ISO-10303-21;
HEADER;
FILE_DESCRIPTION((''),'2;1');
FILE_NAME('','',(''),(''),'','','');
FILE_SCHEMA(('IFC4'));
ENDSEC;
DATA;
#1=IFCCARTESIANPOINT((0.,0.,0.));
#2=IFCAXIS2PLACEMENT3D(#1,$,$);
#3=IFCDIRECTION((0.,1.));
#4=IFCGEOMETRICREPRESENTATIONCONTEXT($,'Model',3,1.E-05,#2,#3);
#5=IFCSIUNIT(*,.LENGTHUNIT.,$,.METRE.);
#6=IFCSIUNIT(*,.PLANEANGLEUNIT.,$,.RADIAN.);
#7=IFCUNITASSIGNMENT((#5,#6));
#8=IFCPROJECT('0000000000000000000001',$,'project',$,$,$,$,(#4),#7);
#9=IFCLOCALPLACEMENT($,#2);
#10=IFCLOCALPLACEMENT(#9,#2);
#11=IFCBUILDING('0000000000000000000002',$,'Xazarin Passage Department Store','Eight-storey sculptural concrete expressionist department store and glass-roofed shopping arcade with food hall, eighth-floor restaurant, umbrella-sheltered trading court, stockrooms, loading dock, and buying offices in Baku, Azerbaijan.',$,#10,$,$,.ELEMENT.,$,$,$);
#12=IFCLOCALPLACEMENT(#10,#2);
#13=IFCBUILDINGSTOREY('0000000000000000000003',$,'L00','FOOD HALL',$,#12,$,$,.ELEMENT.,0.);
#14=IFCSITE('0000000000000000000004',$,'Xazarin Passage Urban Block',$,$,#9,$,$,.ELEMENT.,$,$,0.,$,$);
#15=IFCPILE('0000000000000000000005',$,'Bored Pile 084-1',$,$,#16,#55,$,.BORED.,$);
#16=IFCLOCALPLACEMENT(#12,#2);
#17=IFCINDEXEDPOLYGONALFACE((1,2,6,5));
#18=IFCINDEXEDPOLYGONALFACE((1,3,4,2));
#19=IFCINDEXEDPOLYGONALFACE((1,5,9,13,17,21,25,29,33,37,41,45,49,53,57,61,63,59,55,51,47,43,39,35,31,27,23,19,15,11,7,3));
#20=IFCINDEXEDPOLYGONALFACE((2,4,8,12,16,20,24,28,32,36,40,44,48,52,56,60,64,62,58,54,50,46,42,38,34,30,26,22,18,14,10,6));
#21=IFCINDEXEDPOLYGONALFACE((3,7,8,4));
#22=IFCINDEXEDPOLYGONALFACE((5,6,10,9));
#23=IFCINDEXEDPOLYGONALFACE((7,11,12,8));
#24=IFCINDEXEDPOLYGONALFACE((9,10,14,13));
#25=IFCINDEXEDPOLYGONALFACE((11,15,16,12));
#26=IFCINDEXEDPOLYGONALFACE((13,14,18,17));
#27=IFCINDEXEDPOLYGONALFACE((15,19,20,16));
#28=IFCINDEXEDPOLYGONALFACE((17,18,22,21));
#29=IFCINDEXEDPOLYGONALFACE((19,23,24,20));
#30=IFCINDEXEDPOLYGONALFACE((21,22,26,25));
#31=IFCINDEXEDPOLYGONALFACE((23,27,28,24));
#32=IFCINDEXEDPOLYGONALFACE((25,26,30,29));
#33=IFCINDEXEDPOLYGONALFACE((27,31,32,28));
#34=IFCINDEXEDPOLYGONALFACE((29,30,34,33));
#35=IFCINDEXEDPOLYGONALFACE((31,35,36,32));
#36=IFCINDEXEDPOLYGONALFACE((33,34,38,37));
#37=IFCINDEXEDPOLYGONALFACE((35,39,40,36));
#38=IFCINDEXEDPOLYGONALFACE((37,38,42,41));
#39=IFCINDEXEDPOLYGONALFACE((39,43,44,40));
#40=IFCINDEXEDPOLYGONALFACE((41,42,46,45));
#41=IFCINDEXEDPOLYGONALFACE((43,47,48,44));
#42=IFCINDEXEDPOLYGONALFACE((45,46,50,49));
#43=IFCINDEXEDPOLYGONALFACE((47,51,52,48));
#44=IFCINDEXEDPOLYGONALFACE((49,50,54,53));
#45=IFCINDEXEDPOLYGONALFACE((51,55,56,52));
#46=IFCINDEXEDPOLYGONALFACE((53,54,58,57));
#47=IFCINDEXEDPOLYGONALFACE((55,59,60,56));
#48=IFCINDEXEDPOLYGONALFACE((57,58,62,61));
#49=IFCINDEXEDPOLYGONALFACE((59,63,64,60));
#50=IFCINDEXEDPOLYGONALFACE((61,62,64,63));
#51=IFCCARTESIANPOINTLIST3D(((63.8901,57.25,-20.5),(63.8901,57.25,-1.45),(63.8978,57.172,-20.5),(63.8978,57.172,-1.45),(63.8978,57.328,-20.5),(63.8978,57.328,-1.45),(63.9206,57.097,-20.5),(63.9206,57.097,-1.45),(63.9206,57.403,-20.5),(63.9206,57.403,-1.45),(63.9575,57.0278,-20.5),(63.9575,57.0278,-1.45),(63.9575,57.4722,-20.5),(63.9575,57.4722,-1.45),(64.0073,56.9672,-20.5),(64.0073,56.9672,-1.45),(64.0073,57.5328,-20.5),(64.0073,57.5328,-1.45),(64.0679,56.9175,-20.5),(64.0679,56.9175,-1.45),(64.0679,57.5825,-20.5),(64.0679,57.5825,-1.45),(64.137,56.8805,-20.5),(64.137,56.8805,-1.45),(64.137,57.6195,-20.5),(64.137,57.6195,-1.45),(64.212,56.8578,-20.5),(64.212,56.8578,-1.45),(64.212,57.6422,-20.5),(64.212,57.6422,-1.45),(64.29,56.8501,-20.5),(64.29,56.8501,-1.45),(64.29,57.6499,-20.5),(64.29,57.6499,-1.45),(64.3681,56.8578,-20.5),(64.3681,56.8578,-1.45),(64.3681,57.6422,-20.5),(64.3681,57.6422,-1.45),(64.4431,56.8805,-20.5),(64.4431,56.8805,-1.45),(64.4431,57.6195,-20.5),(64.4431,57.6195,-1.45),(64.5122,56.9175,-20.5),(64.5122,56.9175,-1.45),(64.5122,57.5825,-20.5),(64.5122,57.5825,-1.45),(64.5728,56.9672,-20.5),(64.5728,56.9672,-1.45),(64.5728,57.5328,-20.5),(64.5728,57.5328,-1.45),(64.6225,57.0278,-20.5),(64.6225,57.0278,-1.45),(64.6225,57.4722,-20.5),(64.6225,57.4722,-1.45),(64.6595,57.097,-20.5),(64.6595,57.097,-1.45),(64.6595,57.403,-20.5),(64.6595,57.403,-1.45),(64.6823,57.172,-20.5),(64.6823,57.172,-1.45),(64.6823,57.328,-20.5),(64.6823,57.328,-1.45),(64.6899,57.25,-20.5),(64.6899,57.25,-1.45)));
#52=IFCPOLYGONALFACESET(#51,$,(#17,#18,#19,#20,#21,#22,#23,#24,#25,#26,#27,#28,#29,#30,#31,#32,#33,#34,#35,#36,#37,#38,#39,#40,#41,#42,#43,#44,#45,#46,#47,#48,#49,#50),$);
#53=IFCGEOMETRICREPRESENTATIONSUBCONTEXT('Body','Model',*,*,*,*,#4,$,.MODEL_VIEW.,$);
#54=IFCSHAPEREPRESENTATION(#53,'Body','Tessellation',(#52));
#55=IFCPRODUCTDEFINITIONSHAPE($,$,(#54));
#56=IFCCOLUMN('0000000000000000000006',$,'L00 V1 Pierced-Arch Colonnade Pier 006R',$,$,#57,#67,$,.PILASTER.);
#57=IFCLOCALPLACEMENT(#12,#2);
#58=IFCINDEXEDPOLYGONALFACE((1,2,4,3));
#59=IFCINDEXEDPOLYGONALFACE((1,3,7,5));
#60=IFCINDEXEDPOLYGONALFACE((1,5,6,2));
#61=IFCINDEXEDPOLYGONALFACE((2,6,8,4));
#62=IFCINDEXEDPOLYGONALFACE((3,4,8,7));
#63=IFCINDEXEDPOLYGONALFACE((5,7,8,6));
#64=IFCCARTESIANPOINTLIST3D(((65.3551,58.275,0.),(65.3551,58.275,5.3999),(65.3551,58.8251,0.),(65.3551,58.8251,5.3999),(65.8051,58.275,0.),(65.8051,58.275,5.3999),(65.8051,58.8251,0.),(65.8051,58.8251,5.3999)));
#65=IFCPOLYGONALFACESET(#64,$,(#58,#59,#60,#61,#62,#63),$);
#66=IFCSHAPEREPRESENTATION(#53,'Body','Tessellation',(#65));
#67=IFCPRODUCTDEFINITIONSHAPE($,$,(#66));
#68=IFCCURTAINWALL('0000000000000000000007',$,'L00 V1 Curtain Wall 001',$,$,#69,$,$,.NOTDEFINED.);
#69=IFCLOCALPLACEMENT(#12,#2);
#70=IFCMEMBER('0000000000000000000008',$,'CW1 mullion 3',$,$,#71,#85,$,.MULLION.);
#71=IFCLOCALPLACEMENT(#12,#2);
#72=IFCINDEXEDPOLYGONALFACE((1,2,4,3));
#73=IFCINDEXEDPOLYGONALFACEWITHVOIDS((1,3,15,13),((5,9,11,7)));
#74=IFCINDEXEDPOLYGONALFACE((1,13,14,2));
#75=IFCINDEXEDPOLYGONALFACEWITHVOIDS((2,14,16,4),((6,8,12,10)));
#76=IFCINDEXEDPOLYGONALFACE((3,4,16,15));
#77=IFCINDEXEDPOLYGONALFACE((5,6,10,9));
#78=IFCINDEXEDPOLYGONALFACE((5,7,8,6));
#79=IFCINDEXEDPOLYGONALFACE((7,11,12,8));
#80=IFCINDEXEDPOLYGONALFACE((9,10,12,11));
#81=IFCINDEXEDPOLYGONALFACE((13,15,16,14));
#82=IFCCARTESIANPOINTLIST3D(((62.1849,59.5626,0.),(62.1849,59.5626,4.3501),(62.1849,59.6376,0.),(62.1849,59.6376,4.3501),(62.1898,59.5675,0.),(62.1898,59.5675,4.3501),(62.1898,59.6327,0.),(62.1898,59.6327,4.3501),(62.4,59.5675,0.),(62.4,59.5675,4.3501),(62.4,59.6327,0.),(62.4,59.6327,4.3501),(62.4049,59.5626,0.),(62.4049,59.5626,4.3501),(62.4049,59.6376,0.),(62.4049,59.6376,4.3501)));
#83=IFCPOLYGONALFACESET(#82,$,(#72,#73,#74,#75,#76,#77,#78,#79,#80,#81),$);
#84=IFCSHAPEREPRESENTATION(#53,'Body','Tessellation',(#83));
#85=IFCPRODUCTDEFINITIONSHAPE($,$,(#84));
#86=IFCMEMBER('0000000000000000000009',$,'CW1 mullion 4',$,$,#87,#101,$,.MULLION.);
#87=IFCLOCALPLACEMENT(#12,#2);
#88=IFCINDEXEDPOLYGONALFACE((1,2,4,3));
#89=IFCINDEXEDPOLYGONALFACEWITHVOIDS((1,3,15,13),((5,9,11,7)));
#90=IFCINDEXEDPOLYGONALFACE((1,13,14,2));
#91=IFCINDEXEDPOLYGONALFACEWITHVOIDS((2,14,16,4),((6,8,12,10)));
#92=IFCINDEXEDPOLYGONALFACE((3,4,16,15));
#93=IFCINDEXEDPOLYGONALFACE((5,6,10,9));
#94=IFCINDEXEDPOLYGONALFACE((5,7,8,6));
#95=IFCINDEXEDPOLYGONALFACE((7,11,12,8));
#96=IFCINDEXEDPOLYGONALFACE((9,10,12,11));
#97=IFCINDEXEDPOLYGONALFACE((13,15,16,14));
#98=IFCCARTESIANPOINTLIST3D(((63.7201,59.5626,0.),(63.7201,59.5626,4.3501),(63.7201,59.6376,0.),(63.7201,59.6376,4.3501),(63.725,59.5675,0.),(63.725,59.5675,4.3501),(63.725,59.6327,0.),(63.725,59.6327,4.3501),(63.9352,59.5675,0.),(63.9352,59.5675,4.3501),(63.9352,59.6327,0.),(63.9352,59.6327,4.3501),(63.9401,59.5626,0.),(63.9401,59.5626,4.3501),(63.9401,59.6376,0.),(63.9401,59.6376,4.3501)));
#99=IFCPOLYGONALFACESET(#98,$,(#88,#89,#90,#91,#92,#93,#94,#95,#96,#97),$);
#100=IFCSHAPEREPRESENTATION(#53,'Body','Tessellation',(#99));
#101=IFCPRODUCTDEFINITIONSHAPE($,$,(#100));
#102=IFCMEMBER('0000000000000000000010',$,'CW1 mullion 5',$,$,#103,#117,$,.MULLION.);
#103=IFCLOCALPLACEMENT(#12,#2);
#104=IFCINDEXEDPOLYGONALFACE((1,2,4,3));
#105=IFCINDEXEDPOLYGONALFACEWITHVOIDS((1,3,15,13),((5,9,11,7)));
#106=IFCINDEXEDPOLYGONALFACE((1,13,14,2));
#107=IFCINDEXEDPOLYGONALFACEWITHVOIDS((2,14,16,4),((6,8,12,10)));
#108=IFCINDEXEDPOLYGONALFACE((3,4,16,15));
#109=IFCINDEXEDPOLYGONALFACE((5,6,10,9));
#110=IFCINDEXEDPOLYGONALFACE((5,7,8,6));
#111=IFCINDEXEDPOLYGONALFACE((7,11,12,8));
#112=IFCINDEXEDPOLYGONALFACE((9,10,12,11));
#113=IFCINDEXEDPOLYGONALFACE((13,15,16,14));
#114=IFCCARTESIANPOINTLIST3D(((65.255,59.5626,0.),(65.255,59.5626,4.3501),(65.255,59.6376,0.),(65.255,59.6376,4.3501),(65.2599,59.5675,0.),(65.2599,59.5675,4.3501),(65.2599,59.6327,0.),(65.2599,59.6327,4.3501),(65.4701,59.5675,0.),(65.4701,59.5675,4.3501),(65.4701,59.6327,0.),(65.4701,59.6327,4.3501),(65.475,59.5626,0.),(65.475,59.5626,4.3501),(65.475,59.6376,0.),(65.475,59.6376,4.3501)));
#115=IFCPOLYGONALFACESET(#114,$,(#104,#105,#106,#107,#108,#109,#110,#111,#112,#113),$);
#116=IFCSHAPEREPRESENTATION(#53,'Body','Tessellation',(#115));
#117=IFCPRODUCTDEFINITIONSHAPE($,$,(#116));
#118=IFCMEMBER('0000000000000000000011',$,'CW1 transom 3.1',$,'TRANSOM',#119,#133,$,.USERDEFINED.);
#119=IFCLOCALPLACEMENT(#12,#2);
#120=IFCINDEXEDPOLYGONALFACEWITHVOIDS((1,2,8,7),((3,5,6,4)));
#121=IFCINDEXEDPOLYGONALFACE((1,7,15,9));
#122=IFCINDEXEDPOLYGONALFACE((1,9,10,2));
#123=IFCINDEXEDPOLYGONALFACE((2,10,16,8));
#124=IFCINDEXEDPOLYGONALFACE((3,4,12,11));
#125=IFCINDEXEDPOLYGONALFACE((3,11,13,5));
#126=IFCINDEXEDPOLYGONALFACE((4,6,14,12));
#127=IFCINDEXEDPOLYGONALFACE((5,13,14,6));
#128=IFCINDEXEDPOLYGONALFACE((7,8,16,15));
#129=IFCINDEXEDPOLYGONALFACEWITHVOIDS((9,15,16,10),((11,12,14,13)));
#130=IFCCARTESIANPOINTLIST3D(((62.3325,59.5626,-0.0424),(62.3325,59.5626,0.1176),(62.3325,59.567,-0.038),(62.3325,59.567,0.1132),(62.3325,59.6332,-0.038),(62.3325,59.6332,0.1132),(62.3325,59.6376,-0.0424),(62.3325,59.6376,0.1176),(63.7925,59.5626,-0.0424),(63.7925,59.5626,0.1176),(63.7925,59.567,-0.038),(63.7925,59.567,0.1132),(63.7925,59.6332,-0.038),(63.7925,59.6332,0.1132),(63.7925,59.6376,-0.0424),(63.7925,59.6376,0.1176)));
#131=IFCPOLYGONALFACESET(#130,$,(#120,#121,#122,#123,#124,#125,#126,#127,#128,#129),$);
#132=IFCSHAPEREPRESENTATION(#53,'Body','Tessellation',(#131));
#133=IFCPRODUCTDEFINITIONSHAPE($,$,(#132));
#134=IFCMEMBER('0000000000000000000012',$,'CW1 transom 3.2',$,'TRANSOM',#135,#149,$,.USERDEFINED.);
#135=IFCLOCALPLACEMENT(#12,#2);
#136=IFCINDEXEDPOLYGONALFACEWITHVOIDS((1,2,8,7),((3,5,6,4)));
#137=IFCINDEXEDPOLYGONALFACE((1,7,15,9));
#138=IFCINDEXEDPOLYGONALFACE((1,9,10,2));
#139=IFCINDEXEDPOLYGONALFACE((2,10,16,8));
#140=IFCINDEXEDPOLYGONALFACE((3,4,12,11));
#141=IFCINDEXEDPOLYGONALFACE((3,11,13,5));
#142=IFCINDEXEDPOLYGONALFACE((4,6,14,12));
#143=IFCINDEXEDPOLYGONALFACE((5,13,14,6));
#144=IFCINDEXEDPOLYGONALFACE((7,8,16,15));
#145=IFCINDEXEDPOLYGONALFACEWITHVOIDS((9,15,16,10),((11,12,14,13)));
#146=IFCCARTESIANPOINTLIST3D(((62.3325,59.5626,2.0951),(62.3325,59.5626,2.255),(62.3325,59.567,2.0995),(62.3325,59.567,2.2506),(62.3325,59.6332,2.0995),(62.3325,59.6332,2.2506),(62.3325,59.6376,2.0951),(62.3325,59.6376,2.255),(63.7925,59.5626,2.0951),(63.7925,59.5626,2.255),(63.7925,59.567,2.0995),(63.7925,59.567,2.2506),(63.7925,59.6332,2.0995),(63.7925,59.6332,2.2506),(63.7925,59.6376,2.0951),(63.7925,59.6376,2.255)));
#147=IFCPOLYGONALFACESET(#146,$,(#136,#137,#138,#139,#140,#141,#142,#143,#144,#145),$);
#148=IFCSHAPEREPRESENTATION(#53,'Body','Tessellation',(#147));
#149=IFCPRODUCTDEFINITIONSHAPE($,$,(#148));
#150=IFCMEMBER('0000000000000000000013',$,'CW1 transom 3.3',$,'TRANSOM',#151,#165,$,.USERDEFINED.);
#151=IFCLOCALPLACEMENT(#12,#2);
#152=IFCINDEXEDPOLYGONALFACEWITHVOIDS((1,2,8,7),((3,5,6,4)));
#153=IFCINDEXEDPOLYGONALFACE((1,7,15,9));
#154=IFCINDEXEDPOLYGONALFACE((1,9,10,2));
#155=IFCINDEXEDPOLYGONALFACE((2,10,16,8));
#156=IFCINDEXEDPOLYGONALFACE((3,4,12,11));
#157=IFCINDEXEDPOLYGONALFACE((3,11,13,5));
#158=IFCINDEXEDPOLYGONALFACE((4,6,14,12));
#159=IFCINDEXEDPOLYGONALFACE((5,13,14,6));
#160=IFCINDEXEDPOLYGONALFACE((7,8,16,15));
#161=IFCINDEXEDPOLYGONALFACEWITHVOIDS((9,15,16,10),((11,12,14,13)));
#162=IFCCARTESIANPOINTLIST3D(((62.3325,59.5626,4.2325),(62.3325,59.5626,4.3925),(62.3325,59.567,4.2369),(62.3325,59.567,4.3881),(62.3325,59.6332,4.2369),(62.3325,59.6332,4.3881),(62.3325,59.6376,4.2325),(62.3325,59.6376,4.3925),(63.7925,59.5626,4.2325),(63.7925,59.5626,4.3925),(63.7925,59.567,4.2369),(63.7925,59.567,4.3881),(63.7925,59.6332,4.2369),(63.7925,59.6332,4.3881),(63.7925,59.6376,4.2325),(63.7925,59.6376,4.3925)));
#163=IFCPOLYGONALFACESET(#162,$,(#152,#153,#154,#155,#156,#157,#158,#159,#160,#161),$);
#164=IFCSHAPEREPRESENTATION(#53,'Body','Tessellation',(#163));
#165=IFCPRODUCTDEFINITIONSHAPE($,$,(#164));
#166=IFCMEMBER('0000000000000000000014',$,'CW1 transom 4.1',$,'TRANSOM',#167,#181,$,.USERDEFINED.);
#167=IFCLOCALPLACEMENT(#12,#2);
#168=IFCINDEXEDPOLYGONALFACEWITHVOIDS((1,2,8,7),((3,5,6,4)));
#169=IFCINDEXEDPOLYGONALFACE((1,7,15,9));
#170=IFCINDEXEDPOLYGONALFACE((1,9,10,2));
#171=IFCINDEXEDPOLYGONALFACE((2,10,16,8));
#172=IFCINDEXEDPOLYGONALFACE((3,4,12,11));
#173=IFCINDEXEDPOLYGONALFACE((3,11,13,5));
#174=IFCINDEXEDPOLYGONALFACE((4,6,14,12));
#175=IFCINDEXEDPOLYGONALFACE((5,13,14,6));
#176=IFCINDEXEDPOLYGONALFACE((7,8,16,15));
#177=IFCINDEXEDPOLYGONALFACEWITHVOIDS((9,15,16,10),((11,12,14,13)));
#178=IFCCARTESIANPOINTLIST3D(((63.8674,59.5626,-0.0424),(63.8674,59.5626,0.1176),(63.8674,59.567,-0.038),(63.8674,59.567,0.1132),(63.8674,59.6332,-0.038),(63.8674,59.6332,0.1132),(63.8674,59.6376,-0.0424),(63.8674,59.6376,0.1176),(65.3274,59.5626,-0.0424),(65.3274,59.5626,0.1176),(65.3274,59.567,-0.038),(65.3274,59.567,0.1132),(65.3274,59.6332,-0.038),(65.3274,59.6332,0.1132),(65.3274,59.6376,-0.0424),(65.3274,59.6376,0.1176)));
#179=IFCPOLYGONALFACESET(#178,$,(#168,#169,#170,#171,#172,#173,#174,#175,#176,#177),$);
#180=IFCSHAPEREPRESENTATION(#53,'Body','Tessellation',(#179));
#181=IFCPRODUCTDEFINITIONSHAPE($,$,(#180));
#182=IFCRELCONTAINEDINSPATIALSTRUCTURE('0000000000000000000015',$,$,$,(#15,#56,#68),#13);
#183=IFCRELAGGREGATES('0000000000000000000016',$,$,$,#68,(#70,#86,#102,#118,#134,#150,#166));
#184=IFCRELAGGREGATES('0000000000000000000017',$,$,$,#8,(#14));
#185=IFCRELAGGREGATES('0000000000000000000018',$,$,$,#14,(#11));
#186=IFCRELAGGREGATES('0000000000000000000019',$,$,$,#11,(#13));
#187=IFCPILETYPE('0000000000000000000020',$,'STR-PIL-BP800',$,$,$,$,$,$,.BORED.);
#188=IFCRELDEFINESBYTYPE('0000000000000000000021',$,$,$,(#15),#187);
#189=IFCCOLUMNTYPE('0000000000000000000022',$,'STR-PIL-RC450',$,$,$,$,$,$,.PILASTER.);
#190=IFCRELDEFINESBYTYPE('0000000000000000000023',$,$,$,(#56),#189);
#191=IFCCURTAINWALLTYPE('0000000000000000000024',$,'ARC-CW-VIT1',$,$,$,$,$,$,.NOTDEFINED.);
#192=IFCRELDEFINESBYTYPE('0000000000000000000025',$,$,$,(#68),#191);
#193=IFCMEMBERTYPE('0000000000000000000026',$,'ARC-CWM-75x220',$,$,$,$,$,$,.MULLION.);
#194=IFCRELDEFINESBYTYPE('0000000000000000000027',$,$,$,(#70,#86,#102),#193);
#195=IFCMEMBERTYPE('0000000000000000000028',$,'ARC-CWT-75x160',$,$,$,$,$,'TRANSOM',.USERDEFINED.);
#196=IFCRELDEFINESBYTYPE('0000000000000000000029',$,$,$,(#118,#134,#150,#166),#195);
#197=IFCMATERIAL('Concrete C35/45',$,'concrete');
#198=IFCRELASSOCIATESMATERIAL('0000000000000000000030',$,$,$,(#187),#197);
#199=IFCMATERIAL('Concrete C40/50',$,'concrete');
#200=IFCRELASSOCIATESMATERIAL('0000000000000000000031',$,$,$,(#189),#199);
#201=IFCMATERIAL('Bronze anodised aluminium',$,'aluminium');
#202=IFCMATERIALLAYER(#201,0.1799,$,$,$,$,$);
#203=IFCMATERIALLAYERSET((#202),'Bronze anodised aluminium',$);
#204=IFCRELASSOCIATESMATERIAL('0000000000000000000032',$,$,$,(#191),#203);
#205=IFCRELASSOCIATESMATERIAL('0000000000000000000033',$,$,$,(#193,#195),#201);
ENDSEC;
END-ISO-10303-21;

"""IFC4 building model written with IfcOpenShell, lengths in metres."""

from ifc_helpers import new_model, si_unit, direction, frame, origin, origin_2d, place, context, subcontext, project, spatial, rectangle, hollow_rectangle, circle, extrude, material, layer, layer_set, material_profile, profile_set, type_object, element, aggregate, save


model = new_model("IFC4")

# Units and contexts
model_context = context("Model", 3, precision=1e-05, world=origin(), true_north=direction((0.0, 1.0)))
body_context = subcontext(model_context, "Body", "Model", "MODEL_VIEW")
ifc_project = project(units=[si_unit("LENGTHUNIT", "METRE"), si_unit("PLANEANGLEUNIT", "RADIAN")], contexts=[model_context])

# Site, building, storey
site_placement = place(None, origin())
site = spatial("IfcSite", under=ifc_project, at=site_placement, Name="Xazarin Passage Urban Block", CompositionType="ELEMENT", RefElevation=0.0)
building_placement = place(site_placement, origin())
building = spatial("IfcBuilding", under=site, at=building_placement, Name="Xazarin Passage Department Store", Description="Eight-storey sculptural concrete expressionist department store and glass-roofed shopping arcade with food hall, eighth-floor restaurant, umbrella-sheltered trading court, stockrooms, loading dock, and buying offices in Baku, Azerbaijan.", CompositionType="ELEMENT")
storey_placement = place(building_placement, origin())
storey = spatial("IfcBuildingStorey", under=building, at=storey_placement, Name="L00", Description="FOOD HALL", CompositionType="ELEMENT", Elevation=0.0)

# Pile
ifc_material_1 = material(Name="Concrete C35/45", Category="concrete")
ifc_material_profile_1 = material_profile(ifc_material_1, circle(Radius=0.3999, at=origin_2d()), Name="BP 800")
ifc_profile_set_1 = profile_set([ifc_material_profile_1], Name="Concrete C35/45")
pile_type = type_object("IfcPileType", Name="STR-PIL-BP800", PredefinedType="BORED", material=ifc_profile_set_1)
pile_placement = place(storey_placement, frame((64.29, 57.25, -1.45), z_axis=(0.0, 0.0, -1.0), x_axis=(1.0, 0.0, 0.0)))
element("IfcPile", 1, at=pile_placement, inside=storey, type_object=pile_type, Name="Bored Pile 084-1", PredefinedType="BORED", context=body_context, shape_type="SweptSolid", body=[
    extrude(circle(Radius=0.3999, at=origin_2d()), origin(), (0.0, 0.0, 1.0), 19.05),
])

# Column
ifc_material_2 = material(Name="Concrete C40/50", Category="concrete")
ifc_material_profile_2 = material_profile(ifc_material_2, rectangle(XDim=0.45, YDim=0.55, at=origin_2d()), Name="RC 450x550")
ifc_profile_set_2 = profile_set([ifc_material_profile_2], Name="Concrete C40/50")
column_type = type_object("IfcColumnType", Name="STR-PIL-RC450", PredefinedType="PILASTER", material=ifc_profile_set_2)
column_placement = place(storey_placement, frame((65.5801, 58.55, 0.0), z_axis=(0.0, 0.0, 1.0), x_axis=(1.0, 0.0, 0.0)))
element("IfcColumn", 2, at=column_placement, inside=storey, type_object=column_type, Name="L00 V1 Pierced-Arch Colonnade Pier 006R", PredefinedType="PILASTER", context=body_context, shape_type="SweptSolid", body=[
    extrude(rectangle(XDim=0.45, YDim=0.55, at=origin_2d()), origin(), (0.0, 0.0, 1.0), 5.3999),
])

# Curtain wall, members
ifc_material_3 = material(Name="Bronze anodised aluminium", Category="aluminium")
ifc_layer_1 = layer(ifc_material_3, 0.1799)
ifc_layer_set_1 = layer_set([ifc_layer_1], Name="Bronze anodised aluminium")
curtain_wall_type = type_object("IfcCurtainWallType", Name="ARC-CW-VIT1", PredefinedType="NOTDEFINED", material=ifc_layer_set_1)
curtain_wall_placement = place(storey_placement, origin())
curtain_wall = element("IfcCurtainWall", 3, at=curtain_wall_placement, inside=storey, type_object=curtain_wall_type, Name="L00 V1 Curtain Wall 001", PredefinedType="NOTDEFINED")
ifc_material_profile_3 = material_profile(ifc_material_3, hollow_rectangle(XDim=0.075, YDim=0.22, WallThickness=0.0049, at=origin_2d()), Name="ALU 75x220")
ifc_profile_set_3 = profile_set([ifc_material_profile_3], Name="Bronze anodised aluminium")
member_type_1 = type_object("IfcMemberType", Name="ARC-CWM-75x220", PredefinedType="MULLION", material=ifc_profile_set_3)
member_1_placement = place(storey_placement, frame((62.2949, 59.6001, 0.0), z_axis=(0.0, 0.0, 1.0), x_axis=(0.0, 1.0, 0.0)))
member_1 = element("IfcMember", 4, at=member_1_placement, type_object=member_type_1, Name="CW1 mullion 3", PredefinedType="MULLION", context=body_context, shape_type="SweptSolid", body=[
    extrude(hollow_rectangle(XDim=0.075, YDim=0.22, WallThickness=0.0049, at=origin_2d()), origin(), (0.0, 0.0, 1.0), 4.3501),
])
member_2_placement = place(storey_placement, frame((63.8301, 59.6001, 0.0), z_axis=(0.0, 0.0, 1.0), x_axis=(0.0, 1.0, 0.0)))
member_2 = element("IfcMember", 5, at=member_2_placement, type_object=member_type_1, Name="CW1 mullion 4", PredefinedType="MULLION", context=body_context, shape_type="SweptSolid", body=[
    extrude(hollow_rectangle(XDim=0.075, YDim=0.22, WallThickness=0.0049, at=origin_2d()), origin(), (0.0, 0.0, 1.0), 4.3501),
])
member_3_placement = place(storey_placement, frame((65.365, 59.6001, 0.0), z_axis=(0.0, 0.0, 1.0), x_axis=(0.0, 1.0, 0.0)))
member_3 = element("IfcMember", 6, at=member_3_placement, type_object=member_type_1, Name="CW1 mullion 5", PredefinedType="MULLION", context=body_context, shape_type="SweptSolid", body=[
    extrude(hollow_rectangle(XDim=0.075, YDim=0.22, WallThickness=0.0049, at=origin_2d()), origin(), (0.0, 0.0, 1.0), 4.3501),
])
ifc_material_profile_4 = material_profile(ifc_material_3, hollow_rectangle(XDim=0.075, YDim=0.1599, WallThickness=0.0044, at=origin_2d()), Name="ALU 75x160")
ifc_profile_set_4 = profile_set([ifc_material_profile_4], Name="Bronze anodised aluminium")
member_type_2 = type_object("IfcMemberType", Name="ARC-CWT-75x160", ElementType="TRANSOM", PredefinedType="USERDEFINED", material=ifc_profile_set_4)
member_4_placement = place(storey_placement, frame((62.3325, 59.6001, 0.0376), z_axis=(1.0, 0.0, 0.0), x_axis=(0.0, 1.0, 0.0)))
member_4 = element("IfcMember", 7, at=member_4_placement, type_object=member_type_2, Name="CW1 transom 3.1", ObjectType="TRANSOM", PredefinedType="USERDEFINED", context=body_context, shape_type="SweptSolid", body=[
    extrude(hollow_rectangle(XDim=0.075, YDim=0.1599, WallThickness=0.0044, at=origin_2d()), origin(), (0.0, 0.0, 1.0), 1.46),
])
member_5_placement = place(storey_placement, frame((62.3325, 59.6001, 2.175), z_axis=(1.0, 0.0, 0.0), x_axis=(0.0, 1.0, 0.0)))
member_5 = element("IfcMember", 8, at=member_5_placement, type_object=member_type_2, Name="CW1 transom 3.2", ObjectType="TRANSOM", PredefinedType="USERDEFINED", context=body_context, shape_type="SweptSolid", body=[
    extrude(hollow_rectangle(XDim=0.075, YDim=0.1599, WallThickness=0.0044, at=origin_2d()), origin(), (0.0, 0.0, 1.0), 1.46),
])
member_6_placement = place(storey_placement, frame((62.3325, 59.6001, 4.3125), z_axis=(1.0, 0.0, 0.0), x_axis=(0.0, 1.0, 0.0)))
member_6 = element("IfcMember", 9, at=member_6_placement, type_object=member_type_2, Name="CW1 transom 3.3", ObjectType="TRANSOM", PredefinedType="USERDEFINED", context=body_context, shape_type="SweptSolid", body=[
    extrude(hollow_rectangle(XDim=0.075, YDim=0.1599, WallThickness=0.0044, at=origin_2d()), origin(), (0.0, 0.0, 1.0), 1.46),
])
member_7_placement = place(storey_placement, frame((63.8674, 59.6001, 0.0376), z_axis=(1.0, 0.0, 0.0), x_axis=(0.0, 1.0, 0.0)))
member_7 = element("IfcMember", 10, at=member_7_placement, type_object=member_type_2, Name="CW1 transom 4.1", ObjectType="TRANSOM", PredefinedType="USERDEFINED", context=body_context, shape_type="SweptSolid", body=[
    extrude(hollow_rectangle(XDim=0.075, YDim=0.1599, WallThickness=0.0044, at=origin_2d()), origin(), (0.0, 0.0, 1.0), 1.46),
])

aggregate(curtain_wall, [member_1, member_2, member_3, member_4, member_5, member_6, member_7])

save(model, "model.ifc")
